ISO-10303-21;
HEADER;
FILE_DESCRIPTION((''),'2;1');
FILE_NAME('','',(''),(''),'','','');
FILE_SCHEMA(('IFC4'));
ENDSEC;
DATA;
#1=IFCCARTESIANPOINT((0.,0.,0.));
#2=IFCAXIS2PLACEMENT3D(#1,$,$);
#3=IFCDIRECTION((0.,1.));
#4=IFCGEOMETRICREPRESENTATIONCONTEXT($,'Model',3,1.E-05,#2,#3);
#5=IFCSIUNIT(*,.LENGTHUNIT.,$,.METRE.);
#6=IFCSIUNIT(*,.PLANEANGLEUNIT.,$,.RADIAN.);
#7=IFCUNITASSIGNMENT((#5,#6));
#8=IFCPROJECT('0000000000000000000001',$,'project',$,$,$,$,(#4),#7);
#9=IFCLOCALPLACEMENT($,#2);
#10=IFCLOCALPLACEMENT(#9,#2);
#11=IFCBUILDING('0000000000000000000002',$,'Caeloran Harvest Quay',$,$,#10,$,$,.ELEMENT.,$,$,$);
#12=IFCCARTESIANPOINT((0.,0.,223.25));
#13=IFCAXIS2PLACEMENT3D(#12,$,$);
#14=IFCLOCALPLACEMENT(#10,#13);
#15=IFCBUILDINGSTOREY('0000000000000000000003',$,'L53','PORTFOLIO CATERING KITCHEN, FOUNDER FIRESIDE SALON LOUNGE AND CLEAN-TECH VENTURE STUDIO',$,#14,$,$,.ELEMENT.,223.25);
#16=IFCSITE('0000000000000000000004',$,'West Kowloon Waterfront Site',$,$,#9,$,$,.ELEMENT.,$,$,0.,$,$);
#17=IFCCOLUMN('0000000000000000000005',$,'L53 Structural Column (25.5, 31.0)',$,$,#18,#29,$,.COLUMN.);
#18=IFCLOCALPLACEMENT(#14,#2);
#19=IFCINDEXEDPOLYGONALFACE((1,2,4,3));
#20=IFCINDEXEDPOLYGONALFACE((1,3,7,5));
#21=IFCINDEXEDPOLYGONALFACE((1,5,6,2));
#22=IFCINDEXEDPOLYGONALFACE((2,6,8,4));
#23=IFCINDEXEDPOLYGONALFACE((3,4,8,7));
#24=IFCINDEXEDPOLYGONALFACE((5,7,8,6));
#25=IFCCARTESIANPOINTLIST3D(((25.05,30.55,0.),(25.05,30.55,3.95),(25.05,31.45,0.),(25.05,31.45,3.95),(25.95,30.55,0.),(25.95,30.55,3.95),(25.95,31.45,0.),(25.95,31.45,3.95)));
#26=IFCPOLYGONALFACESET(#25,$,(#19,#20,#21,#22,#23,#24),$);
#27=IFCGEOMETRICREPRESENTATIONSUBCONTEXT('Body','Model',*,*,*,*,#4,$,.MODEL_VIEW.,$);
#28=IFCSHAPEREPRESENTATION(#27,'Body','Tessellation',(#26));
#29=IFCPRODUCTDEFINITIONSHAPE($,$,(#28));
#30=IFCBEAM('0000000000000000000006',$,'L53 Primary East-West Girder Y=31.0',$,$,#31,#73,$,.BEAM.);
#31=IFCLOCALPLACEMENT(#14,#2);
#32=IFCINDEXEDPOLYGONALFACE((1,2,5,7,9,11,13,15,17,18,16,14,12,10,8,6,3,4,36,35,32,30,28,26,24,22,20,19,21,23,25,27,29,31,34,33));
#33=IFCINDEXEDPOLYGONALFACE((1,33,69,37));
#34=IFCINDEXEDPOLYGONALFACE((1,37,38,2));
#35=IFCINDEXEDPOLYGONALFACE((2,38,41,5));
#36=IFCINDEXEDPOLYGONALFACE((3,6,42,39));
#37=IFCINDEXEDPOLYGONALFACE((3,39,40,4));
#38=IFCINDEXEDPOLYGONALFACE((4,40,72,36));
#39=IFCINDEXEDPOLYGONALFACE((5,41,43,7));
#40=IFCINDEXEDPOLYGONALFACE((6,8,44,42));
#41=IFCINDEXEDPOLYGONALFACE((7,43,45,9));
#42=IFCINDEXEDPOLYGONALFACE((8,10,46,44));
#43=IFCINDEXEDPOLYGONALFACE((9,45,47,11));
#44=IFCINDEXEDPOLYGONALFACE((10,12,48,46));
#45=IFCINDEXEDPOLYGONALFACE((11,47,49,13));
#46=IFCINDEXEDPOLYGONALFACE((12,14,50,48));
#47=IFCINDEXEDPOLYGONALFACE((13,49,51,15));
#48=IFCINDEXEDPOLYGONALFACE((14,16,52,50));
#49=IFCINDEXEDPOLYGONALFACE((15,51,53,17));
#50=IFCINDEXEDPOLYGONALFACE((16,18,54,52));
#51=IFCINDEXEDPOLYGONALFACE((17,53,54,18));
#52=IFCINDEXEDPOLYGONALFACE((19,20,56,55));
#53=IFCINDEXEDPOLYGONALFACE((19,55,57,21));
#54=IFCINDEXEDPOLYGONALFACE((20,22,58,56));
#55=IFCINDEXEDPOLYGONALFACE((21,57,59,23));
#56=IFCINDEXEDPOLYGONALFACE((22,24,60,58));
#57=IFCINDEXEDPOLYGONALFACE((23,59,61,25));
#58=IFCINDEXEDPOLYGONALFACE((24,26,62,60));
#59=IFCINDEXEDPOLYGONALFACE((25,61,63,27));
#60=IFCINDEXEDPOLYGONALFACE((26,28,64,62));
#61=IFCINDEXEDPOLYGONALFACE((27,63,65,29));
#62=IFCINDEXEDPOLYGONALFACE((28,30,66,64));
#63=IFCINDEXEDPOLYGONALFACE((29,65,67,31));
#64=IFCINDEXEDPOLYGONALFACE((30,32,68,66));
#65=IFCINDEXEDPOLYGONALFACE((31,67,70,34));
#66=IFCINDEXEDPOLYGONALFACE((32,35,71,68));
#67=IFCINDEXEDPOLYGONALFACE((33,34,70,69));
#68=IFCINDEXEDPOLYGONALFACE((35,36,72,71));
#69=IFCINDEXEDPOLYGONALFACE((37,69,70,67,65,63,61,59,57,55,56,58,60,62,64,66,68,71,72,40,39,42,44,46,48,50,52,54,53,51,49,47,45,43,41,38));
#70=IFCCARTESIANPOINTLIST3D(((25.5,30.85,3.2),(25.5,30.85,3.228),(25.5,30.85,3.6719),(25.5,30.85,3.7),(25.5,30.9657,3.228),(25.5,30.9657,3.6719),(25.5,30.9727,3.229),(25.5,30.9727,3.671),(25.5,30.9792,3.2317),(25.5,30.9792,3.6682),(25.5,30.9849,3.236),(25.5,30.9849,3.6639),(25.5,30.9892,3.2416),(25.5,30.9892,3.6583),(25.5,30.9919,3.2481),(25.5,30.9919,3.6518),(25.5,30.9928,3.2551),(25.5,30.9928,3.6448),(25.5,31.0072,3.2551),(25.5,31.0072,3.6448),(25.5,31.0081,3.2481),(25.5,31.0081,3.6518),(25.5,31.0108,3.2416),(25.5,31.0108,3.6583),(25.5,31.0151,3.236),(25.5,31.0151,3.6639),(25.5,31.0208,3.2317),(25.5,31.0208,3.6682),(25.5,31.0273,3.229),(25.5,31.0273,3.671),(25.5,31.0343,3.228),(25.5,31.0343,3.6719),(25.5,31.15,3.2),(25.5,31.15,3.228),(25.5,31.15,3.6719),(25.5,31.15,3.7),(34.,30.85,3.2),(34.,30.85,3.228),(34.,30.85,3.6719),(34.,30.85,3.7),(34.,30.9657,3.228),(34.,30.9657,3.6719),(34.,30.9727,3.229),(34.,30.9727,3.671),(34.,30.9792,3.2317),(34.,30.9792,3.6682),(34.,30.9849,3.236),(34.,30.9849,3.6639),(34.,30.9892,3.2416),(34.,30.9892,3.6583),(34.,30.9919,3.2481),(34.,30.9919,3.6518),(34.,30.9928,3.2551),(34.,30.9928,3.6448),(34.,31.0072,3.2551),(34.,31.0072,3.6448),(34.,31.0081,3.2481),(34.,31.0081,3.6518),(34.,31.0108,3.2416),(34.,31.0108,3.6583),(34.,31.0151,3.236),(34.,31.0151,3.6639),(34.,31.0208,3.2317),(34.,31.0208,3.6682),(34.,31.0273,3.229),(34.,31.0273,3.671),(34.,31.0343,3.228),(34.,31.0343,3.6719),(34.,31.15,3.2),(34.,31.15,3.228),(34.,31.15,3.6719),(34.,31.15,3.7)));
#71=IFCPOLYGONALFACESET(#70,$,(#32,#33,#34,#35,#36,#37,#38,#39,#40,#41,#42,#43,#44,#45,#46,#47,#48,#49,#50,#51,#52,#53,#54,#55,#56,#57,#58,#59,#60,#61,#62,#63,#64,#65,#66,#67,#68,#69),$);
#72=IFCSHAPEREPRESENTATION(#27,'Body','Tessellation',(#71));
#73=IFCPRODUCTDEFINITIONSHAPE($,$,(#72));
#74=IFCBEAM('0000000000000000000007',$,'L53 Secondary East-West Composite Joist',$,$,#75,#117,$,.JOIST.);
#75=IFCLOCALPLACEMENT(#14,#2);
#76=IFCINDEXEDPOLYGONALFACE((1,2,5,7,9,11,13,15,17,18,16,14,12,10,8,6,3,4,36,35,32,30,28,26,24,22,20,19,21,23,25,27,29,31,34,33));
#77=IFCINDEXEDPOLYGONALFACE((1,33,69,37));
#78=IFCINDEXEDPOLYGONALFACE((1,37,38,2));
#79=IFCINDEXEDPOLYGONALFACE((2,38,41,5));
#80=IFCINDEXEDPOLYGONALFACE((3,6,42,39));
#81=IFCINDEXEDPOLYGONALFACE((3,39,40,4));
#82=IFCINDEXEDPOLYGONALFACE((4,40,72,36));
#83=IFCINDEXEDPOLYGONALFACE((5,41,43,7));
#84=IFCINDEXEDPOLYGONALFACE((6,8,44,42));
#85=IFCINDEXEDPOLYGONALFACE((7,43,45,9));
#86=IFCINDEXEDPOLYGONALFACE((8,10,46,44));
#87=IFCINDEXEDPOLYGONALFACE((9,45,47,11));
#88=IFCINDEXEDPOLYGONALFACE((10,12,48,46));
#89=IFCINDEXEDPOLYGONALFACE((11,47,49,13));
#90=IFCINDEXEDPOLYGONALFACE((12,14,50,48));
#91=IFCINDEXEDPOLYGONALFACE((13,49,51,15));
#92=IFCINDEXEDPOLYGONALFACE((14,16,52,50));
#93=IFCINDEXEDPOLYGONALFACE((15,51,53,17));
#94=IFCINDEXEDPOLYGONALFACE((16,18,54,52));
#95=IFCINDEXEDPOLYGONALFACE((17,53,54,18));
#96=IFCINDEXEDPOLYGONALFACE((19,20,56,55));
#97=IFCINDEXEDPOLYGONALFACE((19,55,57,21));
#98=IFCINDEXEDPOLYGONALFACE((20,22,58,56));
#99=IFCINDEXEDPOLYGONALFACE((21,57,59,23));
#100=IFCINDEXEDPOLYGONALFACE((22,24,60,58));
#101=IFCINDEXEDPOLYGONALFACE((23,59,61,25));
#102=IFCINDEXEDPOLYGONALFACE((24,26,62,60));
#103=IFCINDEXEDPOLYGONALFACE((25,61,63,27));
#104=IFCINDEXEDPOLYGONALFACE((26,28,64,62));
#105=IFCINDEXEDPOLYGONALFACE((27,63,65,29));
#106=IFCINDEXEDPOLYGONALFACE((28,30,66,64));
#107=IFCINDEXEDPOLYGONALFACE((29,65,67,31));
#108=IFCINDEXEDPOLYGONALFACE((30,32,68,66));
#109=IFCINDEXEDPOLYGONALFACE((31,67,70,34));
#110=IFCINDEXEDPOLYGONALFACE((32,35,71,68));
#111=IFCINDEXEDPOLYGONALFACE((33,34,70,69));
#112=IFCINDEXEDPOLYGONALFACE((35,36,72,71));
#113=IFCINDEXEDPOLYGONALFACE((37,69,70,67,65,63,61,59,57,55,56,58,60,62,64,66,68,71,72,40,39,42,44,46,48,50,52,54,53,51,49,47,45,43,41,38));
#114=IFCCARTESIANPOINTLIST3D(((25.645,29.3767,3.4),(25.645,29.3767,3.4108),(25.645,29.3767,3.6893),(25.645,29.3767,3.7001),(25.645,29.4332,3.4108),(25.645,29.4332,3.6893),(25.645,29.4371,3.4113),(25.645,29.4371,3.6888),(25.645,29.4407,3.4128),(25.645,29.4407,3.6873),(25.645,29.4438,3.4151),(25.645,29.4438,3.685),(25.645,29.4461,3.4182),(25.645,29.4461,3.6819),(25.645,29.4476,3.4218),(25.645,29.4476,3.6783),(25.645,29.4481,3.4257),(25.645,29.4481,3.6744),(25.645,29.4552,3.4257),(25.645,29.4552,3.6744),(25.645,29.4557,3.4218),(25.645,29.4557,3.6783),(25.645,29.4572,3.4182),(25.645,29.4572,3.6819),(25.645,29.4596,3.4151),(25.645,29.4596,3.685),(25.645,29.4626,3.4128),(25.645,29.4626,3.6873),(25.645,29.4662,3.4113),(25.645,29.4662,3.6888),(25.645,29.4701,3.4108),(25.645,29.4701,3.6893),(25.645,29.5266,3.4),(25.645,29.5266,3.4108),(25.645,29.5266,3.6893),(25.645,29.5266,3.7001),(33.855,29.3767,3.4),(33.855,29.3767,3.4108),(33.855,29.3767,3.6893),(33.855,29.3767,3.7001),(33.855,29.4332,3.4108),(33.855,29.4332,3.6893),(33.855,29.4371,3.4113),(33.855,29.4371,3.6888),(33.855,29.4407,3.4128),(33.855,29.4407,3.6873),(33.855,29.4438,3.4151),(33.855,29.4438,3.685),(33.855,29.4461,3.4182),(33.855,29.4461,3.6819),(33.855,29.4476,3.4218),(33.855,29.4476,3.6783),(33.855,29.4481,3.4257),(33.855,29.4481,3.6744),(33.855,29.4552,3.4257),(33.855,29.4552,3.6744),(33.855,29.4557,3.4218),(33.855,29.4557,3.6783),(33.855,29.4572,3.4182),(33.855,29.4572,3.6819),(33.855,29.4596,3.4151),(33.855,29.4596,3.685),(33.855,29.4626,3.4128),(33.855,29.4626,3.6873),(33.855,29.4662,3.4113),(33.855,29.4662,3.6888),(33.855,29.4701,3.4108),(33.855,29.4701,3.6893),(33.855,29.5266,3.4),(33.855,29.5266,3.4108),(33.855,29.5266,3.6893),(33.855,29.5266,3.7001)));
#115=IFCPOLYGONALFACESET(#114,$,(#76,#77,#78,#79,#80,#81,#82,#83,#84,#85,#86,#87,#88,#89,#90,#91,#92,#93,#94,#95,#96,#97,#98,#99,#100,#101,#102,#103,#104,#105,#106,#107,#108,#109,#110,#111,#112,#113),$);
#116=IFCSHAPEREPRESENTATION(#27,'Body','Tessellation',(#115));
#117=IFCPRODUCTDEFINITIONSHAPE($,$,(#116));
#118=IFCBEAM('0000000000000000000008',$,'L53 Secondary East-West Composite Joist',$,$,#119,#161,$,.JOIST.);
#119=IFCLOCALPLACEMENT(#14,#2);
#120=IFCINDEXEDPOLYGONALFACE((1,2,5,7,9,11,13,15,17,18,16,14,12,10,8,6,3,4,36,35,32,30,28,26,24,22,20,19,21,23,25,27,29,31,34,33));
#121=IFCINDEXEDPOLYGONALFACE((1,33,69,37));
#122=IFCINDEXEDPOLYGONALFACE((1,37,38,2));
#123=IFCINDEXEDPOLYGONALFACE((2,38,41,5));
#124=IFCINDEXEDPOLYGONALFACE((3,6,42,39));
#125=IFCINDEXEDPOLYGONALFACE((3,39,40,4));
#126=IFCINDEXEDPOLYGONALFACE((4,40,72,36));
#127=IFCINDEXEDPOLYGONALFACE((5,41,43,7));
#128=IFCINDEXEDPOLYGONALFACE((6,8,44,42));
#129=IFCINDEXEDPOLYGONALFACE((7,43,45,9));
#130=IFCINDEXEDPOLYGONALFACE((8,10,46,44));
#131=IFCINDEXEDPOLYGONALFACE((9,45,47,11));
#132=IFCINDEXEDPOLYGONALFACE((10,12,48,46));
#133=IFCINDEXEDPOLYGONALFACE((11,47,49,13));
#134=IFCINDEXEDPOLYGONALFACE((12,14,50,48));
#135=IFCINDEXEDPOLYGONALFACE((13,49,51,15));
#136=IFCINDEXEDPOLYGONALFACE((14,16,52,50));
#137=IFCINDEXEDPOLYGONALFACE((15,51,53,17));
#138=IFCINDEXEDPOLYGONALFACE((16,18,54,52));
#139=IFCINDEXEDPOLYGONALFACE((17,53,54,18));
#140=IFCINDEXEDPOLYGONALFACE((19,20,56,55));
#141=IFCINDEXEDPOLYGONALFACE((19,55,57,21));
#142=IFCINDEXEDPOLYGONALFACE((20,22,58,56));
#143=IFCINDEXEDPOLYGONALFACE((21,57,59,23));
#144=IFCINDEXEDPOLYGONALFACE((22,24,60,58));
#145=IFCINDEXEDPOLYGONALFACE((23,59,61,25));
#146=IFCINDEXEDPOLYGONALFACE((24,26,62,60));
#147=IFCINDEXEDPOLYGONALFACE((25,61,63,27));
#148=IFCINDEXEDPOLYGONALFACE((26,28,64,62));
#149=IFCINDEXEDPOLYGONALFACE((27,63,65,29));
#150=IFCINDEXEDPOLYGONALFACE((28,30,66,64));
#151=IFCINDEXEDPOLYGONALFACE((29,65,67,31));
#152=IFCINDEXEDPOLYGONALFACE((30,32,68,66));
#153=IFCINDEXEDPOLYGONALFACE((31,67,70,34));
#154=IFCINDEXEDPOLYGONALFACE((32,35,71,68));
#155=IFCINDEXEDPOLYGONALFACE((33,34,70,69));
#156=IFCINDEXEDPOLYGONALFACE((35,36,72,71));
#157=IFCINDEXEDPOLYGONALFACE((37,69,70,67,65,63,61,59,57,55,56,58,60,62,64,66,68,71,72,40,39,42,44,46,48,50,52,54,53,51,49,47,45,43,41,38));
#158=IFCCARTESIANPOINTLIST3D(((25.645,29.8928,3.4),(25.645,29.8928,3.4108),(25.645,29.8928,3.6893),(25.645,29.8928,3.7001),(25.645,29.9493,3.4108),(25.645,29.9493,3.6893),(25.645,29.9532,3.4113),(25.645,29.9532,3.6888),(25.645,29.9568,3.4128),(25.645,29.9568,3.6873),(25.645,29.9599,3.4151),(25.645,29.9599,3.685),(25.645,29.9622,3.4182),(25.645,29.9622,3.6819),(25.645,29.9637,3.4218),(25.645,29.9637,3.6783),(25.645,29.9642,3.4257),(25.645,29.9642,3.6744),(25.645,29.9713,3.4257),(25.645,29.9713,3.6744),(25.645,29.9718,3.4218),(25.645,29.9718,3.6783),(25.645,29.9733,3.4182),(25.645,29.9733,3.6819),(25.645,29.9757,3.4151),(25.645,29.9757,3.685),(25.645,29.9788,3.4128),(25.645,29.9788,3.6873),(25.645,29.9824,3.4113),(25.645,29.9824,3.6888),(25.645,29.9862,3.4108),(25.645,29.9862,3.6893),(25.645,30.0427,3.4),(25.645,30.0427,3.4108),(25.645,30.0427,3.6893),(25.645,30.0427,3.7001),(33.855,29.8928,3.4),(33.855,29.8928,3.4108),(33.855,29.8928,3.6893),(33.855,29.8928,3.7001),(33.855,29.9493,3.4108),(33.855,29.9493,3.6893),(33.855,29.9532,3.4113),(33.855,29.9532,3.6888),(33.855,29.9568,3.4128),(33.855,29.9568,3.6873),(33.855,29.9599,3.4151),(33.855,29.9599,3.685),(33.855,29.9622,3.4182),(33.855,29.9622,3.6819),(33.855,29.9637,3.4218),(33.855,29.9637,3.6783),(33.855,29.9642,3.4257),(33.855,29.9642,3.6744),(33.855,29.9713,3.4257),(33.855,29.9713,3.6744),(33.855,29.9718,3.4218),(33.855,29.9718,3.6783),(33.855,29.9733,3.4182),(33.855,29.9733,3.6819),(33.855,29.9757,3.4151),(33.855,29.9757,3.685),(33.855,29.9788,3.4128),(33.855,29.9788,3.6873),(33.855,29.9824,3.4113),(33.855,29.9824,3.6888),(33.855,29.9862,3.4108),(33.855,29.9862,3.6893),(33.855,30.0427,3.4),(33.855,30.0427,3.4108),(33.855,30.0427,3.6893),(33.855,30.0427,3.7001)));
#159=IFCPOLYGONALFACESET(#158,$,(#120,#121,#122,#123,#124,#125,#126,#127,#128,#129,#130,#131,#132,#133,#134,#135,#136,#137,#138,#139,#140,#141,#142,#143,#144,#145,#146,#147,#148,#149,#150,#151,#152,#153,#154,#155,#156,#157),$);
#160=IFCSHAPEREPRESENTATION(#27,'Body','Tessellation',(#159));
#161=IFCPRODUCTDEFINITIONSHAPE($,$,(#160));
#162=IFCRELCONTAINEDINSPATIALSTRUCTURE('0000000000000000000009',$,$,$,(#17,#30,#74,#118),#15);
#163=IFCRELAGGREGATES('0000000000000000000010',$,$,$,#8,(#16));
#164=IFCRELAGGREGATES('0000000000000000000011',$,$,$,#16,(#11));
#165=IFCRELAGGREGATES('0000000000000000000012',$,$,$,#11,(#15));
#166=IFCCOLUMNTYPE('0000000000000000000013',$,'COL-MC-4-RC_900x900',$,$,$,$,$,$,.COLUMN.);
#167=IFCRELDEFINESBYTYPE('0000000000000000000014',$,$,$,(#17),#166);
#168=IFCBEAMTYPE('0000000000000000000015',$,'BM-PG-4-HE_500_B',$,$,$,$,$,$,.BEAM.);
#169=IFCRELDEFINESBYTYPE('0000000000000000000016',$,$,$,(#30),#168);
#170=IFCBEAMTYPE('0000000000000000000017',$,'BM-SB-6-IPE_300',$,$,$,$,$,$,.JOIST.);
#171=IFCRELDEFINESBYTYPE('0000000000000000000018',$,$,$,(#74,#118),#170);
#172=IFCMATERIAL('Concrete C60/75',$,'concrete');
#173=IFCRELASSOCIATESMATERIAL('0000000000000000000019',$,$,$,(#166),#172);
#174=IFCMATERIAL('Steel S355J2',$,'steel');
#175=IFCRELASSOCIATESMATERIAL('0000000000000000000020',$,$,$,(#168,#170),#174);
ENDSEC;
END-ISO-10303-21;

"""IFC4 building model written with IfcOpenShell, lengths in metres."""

from ifc_helpers import new_model, si_unit, direction, frame, origin, origin_2d, place, context, subcontext, project, spatial, rectangle, i_section, extrude, material, material_profile, profile_set, type_object, element, save


model = new_model("IFC4")

# Units and contexts
model_context = context("Model", 3, precision=1e-05, world=origin(), true_north=direction((0.0, 1.0)))
body_context = subcontext(model_context, "Body", "Model", "MODEL_VIEW")
ifc_project = project(units=[si_unit("LENGTHUNIT", "METRE"), si_unit("PLANEANGLEUNIT", "RADIAN")], contexts=[model_context])

# Site, building, storey
site_placement = place(None, origin())
site = spatial("IfcSite", under=ifc_project, at=site_placement, Name="West Kowloon Waterfront Site", CompositionType="ELEMENT", RefElevation=0.0)
building_placement = place(site_placement, origin())
building = spatial("IfcBuilding", under=site, at=building_placement, Name="Caeloran Harvest Quay", CompositionType="ELEMENT")
storey_placement = place(building_placement, frame((0.0, 0.0, 223.25)))
storey = spatial("IfcBuildingStorey", under=building, at=storey_placement, Name="L53", Description="PORTFOLIO CATERING KITCHEN, FOUNDER FIRESIDE SALON LOUNGE AND CLEAN-TECH VENTURE STUDIO", CompositionType="ELEMENT", Elevation=223.25)

# Column
ifc_material_1 = material(Name="Concrete C60/75", Category="concrete")
ifc_material_profile_1 = material_profile(ifc_material_1, rectangle(XDim=0.8999, YDim=0.8999, at=origin_2d()), Name="RC 900x900")
ifc_profile_set_1 = profile_set([ifc_material_profile_1], Name="Concrete C60/75")
column_type = type_object("IfcColumnType", Name="COL-MC-4-RC_900x900", PredefinedType="COLUMN", material=ifc_profile_set_1)
column_placement = place(storey_placement, frame((25.5, 31.0, 0.0), z_axis=(0.0, 0.0, 1.0), x_axis=(1.0, 0.0, 0.0)))
element("IfcColumn", 1, at=column_placement, inside=storey, type_object=column_type, Name="L53 Structural Column (25.5, 31.0)", PredefinedType="COLUMN", context=body_context, shape_type="SweptSolid", body=[
    extrude(rectangle(XDim=0.8999, YDim=0.8999, at=origin_2d()), origin(), (0.0, 0.0, 1.0), 3.95),
])

# Beams
ifc_material_2 = material(Name="Steel S355J2", Category="steel")
ifc_material_profile_2 = material_profile(ifc_material_2, i_section(OverallWidth=0.3, OverallDepth=0.5, WebThickness=0.0144, FlangeThickness=0.0281, FilletRadius=0.0271, at=origin_2d()), Name="HE 500 B")
ifc_profile_set_2 = profile_set([ifc_material_profile_2], Name="Steel S355J2")
beam_type_1 = type_object("IfcBeamType", Name="BM-PG-4-HE_500_B", PredefinedType="BEAM", material=ifc_profile_set_2)
beam_placement = place(storey_placement, frame((25.5, 31.0, 3.45), z_axis=(1.0, 0.0, 0.0), x_axis=(0.0, 1.0, 0.0)))
element("IfcBeam", 2, at=beam_placement, inside=storey, type_object=beam_type_1, Name="L53 Primary East-West Girder Y=31.0", PredefinedType="BEAM", context=body_context, shape_type="SweptSolid", body=[
    extrude(i_section(OverallWidth=0.3, OverallDepth=0.5, WebThickness=0.0144, FlangeThickness=0.0281, FilletRadius=0.0271, at=origin_2d()), origin(), (0.0, 0.0, 1.0), 8.5),
])
ifc_material_profile_3 = material_profile(ifc_material_2, i_section(OverallWidth=0.1499, OverallDepth=0.3, WebThickness=0.0071, FlangeThickness=0.0107, FilletRadius=0.0149, at=origin_2d()), Name="IPE 300")
ifc_profile_set_3 = profile_set([ifc_material_profile_3], Name="Steel S355J2")
beam_type_2 = type_object("IfcBeamType", Name="BM-SB-6-IPE_300", PredefinedType="JOIST", material=ifc_profile_set_3)
for number, where, z_axis, x_axis, name in (
    (3, (25.645, 29.4517, 3.55), (1.0, 0.0, 0.0), (0.0, 1.0, 0.0), "L53 Secondary East-West Composite Joist"),
    (4, (25.645, 29.9678, 3.55), (1.0, 0.0, 0.0), (0.0, 1.0, 0.0), "L53 Secondary East-West Composite Joist"),
):
    element("IfcBeam", number, at=place(storey_placement, frame(where, z_axis=z_axis, x_axis=x_axis)), inside=storey, type_object=beam_type_2, Name=name, PredefinedType="JOIST", context=body_context, shape_type="SweptSolid", body=[
        extrude(i_section(OverallWidth=0.1499, OverallDepth=0.3, WebThickness=0.0071, FlangeThickness=0.0107, FilletRadius=0.0149, at=origin_2d()), origin(), (0.0, 0.0, 1.0), 8.21),
    ])

save(model, "model.ifc")
